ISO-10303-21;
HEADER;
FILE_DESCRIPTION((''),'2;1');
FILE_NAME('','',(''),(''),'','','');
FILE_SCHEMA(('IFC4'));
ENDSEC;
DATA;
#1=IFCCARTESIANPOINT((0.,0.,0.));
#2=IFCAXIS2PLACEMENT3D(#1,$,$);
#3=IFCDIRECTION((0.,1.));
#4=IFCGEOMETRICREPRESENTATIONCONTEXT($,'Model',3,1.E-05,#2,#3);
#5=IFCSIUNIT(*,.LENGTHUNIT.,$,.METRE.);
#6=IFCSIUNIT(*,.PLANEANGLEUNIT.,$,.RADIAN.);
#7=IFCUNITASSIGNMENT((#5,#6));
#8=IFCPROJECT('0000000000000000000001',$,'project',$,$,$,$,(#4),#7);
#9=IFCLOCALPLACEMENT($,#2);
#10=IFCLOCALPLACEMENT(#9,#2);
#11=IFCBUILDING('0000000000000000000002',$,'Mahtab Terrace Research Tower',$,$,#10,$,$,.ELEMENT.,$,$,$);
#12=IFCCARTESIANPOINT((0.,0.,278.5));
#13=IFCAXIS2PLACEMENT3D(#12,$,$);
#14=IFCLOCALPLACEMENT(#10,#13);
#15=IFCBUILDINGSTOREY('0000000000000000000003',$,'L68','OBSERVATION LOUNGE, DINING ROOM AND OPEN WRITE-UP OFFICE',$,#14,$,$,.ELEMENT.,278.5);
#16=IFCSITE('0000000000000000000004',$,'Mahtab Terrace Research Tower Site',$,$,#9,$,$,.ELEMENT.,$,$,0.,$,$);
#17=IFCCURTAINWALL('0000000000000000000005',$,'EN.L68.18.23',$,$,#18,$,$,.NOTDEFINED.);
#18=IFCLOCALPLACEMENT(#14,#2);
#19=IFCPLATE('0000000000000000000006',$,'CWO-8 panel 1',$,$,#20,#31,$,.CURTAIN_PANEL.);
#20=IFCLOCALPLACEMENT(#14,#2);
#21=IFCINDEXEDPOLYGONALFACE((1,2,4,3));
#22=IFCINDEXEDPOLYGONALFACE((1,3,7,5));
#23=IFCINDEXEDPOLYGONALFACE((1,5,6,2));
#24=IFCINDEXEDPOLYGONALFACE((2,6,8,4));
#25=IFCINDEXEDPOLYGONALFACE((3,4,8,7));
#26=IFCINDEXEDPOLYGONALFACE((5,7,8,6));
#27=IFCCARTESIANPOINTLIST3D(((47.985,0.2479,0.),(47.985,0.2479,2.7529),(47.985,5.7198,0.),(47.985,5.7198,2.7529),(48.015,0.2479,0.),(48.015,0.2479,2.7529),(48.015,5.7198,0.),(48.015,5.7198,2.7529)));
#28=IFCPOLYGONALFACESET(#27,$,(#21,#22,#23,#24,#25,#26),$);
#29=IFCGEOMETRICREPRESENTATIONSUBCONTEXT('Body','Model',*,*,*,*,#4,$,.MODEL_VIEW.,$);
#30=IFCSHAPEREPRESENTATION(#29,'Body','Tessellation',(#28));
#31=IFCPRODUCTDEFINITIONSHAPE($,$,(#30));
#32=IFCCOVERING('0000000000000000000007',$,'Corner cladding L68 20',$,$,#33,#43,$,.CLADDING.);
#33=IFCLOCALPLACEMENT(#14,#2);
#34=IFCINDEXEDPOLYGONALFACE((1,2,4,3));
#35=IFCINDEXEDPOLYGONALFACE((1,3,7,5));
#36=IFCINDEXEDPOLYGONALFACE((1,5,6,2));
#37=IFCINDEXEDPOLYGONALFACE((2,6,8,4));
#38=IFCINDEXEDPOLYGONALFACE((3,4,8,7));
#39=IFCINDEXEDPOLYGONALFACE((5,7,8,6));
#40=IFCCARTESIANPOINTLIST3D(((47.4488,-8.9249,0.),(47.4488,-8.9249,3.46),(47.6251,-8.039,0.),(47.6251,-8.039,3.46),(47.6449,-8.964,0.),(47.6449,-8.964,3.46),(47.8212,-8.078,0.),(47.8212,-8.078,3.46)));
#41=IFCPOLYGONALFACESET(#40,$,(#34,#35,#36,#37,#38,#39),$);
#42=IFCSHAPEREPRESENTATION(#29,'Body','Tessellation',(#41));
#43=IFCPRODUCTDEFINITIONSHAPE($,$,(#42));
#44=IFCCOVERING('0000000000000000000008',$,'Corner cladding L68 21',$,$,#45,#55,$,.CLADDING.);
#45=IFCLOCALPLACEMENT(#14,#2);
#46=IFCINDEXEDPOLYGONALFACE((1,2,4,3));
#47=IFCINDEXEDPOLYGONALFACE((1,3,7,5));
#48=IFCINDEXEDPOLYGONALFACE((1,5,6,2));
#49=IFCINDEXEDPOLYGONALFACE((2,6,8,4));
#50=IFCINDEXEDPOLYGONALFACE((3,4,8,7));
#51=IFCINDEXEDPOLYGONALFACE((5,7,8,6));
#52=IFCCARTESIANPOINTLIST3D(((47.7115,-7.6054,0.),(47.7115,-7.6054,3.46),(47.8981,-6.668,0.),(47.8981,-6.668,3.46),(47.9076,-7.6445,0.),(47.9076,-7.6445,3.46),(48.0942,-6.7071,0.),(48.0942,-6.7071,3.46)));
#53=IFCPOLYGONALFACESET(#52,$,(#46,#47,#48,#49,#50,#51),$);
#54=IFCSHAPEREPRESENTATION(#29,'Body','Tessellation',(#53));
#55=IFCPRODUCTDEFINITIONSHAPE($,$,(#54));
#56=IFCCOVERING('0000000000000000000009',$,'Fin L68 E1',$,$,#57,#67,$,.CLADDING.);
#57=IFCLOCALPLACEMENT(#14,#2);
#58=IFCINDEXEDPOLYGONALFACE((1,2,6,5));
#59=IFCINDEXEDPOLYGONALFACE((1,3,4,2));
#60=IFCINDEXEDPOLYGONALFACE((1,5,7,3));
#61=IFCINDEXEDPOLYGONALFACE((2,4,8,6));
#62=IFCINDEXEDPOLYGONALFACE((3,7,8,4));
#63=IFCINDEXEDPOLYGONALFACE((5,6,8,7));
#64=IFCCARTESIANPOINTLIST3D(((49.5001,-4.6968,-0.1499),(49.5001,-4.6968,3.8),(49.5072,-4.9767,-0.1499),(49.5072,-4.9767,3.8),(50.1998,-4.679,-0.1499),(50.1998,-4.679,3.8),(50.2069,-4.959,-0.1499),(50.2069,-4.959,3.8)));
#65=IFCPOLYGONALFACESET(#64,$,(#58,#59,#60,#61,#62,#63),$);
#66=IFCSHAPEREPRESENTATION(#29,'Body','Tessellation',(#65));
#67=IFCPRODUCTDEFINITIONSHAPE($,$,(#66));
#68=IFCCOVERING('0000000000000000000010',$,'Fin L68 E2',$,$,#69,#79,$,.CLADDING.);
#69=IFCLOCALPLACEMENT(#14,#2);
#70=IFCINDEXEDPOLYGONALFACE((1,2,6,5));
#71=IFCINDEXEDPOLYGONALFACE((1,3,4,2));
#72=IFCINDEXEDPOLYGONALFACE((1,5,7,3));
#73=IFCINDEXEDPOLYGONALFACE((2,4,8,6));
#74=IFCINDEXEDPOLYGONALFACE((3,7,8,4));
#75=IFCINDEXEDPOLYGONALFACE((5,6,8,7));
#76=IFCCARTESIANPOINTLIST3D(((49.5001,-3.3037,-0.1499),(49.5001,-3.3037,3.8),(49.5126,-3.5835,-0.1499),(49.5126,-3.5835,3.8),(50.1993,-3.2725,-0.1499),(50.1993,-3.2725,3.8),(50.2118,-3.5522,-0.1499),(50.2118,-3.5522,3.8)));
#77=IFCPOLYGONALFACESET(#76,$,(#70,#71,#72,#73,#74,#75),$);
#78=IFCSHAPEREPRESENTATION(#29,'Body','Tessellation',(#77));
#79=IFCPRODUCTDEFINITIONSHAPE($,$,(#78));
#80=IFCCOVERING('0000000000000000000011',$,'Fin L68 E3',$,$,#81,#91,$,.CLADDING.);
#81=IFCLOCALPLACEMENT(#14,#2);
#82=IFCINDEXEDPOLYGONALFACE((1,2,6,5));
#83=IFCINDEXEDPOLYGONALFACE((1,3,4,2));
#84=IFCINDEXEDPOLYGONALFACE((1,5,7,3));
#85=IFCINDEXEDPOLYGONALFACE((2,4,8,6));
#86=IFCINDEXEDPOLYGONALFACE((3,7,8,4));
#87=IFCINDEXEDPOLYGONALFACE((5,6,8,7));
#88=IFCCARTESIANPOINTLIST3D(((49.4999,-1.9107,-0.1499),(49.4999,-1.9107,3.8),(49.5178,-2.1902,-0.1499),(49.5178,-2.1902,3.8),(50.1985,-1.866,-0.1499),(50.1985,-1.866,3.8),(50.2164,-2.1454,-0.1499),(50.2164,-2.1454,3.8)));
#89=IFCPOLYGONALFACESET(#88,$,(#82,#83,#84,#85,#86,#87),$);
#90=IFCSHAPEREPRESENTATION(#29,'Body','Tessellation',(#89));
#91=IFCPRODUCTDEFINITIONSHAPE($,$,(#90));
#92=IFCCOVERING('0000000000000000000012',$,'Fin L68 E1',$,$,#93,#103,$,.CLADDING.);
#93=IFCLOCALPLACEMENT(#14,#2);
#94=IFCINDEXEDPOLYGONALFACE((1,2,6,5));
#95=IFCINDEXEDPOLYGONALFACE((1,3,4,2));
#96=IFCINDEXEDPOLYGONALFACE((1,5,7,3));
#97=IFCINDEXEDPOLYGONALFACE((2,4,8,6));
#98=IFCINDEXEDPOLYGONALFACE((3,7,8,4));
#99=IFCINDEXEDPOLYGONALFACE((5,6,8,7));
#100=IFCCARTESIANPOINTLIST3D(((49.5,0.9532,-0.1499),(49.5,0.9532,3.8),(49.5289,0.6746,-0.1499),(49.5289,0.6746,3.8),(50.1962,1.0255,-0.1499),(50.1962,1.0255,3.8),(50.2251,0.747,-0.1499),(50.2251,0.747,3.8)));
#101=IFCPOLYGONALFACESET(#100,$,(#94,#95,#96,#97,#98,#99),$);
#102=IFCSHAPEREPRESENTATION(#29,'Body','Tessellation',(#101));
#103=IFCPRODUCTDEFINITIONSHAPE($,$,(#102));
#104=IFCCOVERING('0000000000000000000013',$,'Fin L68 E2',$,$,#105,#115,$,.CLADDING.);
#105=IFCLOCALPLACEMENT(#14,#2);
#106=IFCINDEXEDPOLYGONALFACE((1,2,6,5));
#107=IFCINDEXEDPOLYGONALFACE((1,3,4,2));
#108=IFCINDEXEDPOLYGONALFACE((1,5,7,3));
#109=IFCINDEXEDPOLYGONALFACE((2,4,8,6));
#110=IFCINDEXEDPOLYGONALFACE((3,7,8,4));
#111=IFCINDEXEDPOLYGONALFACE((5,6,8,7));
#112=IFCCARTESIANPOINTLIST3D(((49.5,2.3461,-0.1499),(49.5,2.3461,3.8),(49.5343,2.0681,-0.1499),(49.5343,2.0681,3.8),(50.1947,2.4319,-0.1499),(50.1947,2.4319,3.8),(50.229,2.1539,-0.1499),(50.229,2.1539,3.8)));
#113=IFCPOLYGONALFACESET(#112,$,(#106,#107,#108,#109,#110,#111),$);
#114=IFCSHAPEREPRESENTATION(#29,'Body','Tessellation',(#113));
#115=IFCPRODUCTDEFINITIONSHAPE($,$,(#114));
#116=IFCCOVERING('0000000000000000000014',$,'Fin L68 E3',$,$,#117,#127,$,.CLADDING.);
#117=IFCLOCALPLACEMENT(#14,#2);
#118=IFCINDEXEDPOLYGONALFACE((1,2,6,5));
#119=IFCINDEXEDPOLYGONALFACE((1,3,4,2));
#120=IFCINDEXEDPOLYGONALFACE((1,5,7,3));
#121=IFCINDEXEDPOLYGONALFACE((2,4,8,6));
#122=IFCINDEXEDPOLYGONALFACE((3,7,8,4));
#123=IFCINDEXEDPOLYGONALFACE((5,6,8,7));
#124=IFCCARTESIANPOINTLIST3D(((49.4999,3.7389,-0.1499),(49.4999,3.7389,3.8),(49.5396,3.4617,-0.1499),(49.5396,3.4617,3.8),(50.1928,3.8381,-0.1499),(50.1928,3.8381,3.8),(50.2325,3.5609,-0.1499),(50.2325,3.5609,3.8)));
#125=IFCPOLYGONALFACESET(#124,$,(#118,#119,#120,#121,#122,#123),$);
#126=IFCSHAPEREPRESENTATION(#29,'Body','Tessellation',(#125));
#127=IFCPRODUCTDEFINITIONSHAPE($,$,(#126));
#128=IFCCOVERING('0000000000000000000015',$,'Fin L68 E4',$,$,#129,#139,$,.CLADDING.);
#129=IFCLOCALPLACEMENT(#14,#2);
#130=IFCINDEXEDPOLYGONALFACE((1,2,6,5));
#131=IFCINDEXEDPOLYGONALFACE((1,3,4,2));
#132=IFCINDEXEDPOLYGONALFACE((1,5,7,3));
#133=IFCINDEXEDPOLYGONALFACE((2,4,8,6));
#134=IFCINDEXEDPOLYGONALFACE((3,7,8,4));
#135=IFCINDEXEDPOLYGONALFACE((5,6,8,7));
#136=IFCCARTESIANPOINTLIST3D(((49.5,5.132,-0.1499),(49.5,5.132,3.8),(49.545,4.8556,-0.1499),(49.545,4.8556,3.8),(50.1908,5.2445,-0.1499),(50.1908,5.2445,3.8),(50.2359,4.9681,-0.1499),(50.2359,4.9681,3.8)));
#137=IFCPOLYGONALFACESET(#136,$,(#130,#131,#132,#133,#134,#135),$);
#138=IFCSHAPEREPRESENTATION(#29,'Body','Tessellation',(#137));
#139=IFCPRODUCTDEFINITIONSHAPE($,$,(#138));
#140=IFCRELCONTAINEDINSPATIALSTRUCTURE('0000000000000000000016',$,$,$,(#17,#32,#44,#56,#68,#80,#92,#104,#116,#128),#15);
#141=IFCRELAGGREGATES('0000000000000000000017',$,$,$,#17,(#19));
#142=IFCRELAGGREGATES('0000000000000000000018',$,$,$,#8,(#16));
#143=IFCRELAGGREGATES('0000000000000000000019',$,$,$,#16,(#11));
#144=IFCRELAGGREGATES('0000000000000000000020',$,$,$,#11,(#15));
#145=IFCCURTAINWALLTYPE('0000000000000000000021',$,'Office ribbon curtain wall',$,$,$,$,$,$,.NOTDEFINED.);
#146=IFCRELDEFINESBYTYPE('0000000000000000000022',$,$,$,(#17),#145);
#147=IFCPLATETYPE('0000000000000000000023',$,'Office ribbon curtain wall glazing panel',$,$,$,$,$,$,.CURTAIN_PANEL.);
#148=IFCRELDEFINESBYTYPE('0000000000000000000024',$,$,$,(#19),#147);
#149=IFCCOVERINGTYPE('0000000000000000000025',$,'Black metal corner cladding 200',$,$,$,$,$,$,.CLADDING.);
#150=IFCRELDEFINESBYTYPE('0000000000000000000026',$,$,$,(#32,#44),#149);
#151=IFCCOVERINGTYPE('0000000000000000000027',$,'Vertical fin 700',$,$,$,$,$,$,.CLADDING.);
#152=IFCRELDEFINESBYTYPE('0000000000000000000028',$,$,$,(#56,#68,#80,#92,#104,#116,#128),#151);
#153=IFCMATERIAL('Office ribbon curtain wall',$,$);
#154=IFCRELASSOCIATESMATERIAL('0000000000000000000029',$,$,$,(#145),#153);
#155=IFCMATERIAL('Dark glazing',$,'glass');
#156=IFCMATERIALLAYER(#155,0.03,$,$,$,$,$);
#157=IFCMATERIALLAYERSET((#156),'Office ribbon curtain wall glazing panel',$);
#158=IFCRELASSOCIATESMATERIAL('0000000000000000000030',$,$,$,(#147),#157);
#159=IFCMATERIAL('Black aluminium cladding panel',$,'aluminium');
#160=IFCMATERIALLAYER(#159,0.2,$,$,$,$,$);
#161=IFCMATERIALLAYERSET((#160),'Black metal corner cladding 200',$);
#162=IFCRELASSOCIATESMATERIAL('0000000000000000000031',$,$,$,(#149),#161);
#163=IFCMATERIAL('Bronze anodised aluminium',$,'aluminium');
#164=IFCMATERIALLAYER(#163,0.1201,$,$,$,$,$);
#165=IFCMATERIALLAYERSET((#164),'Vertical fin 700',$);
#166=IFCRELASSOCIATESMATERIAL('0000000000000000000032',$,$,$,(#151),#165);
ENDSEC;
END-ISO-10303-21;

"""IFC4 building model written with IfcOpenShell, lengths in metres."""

from ifc_helpers import new_model, si_unit, direction, frame, origin, origin_2d, place, context, subcontext, project, spatial, rectangle, extrude, material, layer, layer_set, type_object, element, aggregate, save


model = new_model("IFC4")

# Units and contexts
model_context = context("Model", 3, precision=1e-05, world=origin(), true_north=direction((0.0, 1.0)))
body_context = subcontext(model_context, "Body", "Model", "MODEL_VIEW")
ifc_project = project(units=[si_unit("LENGTHUNIT", "METRE"), si_unit("PLANEANGLEUNIT", "RADIAN")], contexts=[model_context])

# Site, building, storey
site_placement = place(None, origin())
site = spatial("IfcSite", under=ifc_project, at=site_placement, Name="Mahtab Terrace Research Tower Site", CompositionType="ELEMENT", RefElevation=0.0)
building_placement = place(site_placement, origin())
building = spatial("IfcBuilding", under=site, at=building_placement, Name="Mahtab Terrace Research Tower", CompositionType="ELEMENT")
storey_placement = place(building_placement, frame((0.0, 0.0, 278.5)))
storey = spatial("IfcBuildingStorey", under=building, at=storey_placement, Name="L68", Description="OBSERVATION LOUNGE, DINING ROOM AND OPEN WRITE-UP OFFICE", CompositionType="ELEMENT", Elevation=278.5)

# Curtain wall
ifc_material_1 = material(Name="Office ribbon curtain wall")
curtain_wall_type = type_object("IfcCurtainWallType", Name="Office ribbon curtain wall", PredefinedType="NOTDEFINED", material=ifc_material_1)
curtain_wall_1_placement = place(storey_placement, origin())
curtain_wall_1 = element("IfcCurtainWall", 1, at=curtain_wall_1_placement, inside=storey, type_object=curtain_wall_type, Name="EN.L68.18.23", PredefinedType="NOTDEFINED")

# Plate
ifc_material_2 = material(Name="Dark glazing", Category="glass")
ifc_layer_1 = layer(ifc_material_2, 0.03)
ifc_layer_set_1 = layer_set([ifc_layer_1], Name="Office ribbon curtain wall glazing panel")
plate_type = type_object("IfcPlateType", Name="Office ribbon curtain wall glazing panel", PredefinedType="CURTAIN_PANEL", material=ifc_layer_set_1)
plate_1_placement = place(storey_placement, frame((48.0, 2.9839, 0.0), z_axis=(0.0, 0.0, 1.0), x_axis=(0.0, 1.0, 0.0)))
plate_1 = element("IfcPlate", 2, at=plate_1_placement, type_object=plate_type, Name="CWO-8 panel 1", PredefinedType="CURTAIN_PANEL", context=body_context, shape_type="SweptSolid", body=[
    extrude(rectangle(XDim=5.4719, YDim=0.03, at=origin_2d()), origin(), (0.0, 0.0, 1.0), 2.7529),
])
aggregate(curtain_wall_1, [plate_1])

# Coverings
ifc_material_3 = material(Name="Black aluminium cladding panel", Category="aluminium")
ifc_layer_2 = layer(ifc_material_3, 0.2)
ifc_layer_set_2 = layer_set([ifc_layer_2], Name="Black metal corner cladding 200")
covering_type_1 = type_object("IfcCoveringType", Name="Black metal corner cladding 200", PredefinedType="CLADDING", material=ifc_layer_set_2)
covering_1_placement = place(storey_placement, frame((47.635, -8.5015, 0.0), z_axis=(0.0, 0.0, 1.0), x_axis=(0.195212, 0.980761, 0.0)))
element("IfcCovering", 3, at=covering_1_placement, inside=storey, type_object=covering_type_1, Name="Corner cladding L68 20", PredefinedType="CLADDING", context=body_context, shape_type="SweptSolid", body=[
    extrude(rectangle(XDim=0.9033, YDim=0.2, at=origin_2d()), origin(), (0.0, 0.0, 1.0), 3.46),
])
covering_2_placement = place(storey_placement, frame((47.9028, -7.1562, 0.0), z_axis=(0.0, 0.0, 1.0), x_axis=(0.195212, 0.980761, 0.0)))
element("IfcCovering", 4, at=covering_2_placement, inside=storey, type_object=covering_type_1, Name="Corner cladding L68 21", PredefinedType="CLADDING", context=body_context, shape_type="SweptSolid", body=[
    extrude(rectangle(XDim=0.9558, YDim=0.2, at=origin_2d()), origin(), (0.0, 0.0, 1.0), 3.46),
])
ifc_material_4 = material(Name="Bronze anodised aluminium", Category="aluminium")
ifc_layer_3 = layer(ifc_material_4, 0.1201)
ifc_layer_set_3 = layer_set([ifc_layer_3], Name="Vertical fin 700")
covering_type_2 = type_object("IfcCoveringType", Name="Vertical fin 700", PredefinedType="CLADDING", material=ifc_layer_set_3)
for number, where, z_axis, x_axis, name in (
    (5, (49.8535, -4.8279, -0.1499), (0.0, 0.0, 1.0), (-0.025348, 0.999679, 0.0), "Fin L68 E1"),
    (6, (49.856, -3.428, -0.1499), (0.0, 0.0, 1.0), (-0.044624, 0.999004, 0.0), "Fin L68 E2"),
    (7, (49.8582, -2.0281, -0.1499), (0.0, 0.0, 1.0), (-0.063884, 0.997957, 0.0), "Fin L68 E3"),
    (8, (49.8625, 0.8501, -0.1499), (0.0, 0.0, 1.0), (-0.103394, 0.99464, 0.0), "Fin L68 E1"),
    (9, (49.8645, 2.25, -0.1499), (0.0, 0.0, 1.0), (-0.122559, 0.992461, 0.0), "Fin L68 E2"),
    (10, (49.8662, 3.6499, -0.1499), (0.0, 0.0, 1.0), (-0.141678, 0.989913, 0.0), "Fin L68 E3"),
    (11, (49.8679, 5.05, -0.1499), (0.0, 0.0, 1.0), (-0.160744, 0.986996, 0.0), "Fin L68 E4"),
):
    element("IfcCovering", number, at=place(storey_placement, frame(where, z_axis=z_axis, x_axis=x_axis)), inside=storey, type_object=covering_type_2, Name=name, PredefinedType="CLADDING", context=body_context, shape_type="SweptSolid", body=[
        extrude(rectangle(XDim=0.28, YDim=0.7, at=origin_2d()), origin(), (0.0, 0.0, 1.0), 3.95),
    ])

save(model, "model.ifc")
